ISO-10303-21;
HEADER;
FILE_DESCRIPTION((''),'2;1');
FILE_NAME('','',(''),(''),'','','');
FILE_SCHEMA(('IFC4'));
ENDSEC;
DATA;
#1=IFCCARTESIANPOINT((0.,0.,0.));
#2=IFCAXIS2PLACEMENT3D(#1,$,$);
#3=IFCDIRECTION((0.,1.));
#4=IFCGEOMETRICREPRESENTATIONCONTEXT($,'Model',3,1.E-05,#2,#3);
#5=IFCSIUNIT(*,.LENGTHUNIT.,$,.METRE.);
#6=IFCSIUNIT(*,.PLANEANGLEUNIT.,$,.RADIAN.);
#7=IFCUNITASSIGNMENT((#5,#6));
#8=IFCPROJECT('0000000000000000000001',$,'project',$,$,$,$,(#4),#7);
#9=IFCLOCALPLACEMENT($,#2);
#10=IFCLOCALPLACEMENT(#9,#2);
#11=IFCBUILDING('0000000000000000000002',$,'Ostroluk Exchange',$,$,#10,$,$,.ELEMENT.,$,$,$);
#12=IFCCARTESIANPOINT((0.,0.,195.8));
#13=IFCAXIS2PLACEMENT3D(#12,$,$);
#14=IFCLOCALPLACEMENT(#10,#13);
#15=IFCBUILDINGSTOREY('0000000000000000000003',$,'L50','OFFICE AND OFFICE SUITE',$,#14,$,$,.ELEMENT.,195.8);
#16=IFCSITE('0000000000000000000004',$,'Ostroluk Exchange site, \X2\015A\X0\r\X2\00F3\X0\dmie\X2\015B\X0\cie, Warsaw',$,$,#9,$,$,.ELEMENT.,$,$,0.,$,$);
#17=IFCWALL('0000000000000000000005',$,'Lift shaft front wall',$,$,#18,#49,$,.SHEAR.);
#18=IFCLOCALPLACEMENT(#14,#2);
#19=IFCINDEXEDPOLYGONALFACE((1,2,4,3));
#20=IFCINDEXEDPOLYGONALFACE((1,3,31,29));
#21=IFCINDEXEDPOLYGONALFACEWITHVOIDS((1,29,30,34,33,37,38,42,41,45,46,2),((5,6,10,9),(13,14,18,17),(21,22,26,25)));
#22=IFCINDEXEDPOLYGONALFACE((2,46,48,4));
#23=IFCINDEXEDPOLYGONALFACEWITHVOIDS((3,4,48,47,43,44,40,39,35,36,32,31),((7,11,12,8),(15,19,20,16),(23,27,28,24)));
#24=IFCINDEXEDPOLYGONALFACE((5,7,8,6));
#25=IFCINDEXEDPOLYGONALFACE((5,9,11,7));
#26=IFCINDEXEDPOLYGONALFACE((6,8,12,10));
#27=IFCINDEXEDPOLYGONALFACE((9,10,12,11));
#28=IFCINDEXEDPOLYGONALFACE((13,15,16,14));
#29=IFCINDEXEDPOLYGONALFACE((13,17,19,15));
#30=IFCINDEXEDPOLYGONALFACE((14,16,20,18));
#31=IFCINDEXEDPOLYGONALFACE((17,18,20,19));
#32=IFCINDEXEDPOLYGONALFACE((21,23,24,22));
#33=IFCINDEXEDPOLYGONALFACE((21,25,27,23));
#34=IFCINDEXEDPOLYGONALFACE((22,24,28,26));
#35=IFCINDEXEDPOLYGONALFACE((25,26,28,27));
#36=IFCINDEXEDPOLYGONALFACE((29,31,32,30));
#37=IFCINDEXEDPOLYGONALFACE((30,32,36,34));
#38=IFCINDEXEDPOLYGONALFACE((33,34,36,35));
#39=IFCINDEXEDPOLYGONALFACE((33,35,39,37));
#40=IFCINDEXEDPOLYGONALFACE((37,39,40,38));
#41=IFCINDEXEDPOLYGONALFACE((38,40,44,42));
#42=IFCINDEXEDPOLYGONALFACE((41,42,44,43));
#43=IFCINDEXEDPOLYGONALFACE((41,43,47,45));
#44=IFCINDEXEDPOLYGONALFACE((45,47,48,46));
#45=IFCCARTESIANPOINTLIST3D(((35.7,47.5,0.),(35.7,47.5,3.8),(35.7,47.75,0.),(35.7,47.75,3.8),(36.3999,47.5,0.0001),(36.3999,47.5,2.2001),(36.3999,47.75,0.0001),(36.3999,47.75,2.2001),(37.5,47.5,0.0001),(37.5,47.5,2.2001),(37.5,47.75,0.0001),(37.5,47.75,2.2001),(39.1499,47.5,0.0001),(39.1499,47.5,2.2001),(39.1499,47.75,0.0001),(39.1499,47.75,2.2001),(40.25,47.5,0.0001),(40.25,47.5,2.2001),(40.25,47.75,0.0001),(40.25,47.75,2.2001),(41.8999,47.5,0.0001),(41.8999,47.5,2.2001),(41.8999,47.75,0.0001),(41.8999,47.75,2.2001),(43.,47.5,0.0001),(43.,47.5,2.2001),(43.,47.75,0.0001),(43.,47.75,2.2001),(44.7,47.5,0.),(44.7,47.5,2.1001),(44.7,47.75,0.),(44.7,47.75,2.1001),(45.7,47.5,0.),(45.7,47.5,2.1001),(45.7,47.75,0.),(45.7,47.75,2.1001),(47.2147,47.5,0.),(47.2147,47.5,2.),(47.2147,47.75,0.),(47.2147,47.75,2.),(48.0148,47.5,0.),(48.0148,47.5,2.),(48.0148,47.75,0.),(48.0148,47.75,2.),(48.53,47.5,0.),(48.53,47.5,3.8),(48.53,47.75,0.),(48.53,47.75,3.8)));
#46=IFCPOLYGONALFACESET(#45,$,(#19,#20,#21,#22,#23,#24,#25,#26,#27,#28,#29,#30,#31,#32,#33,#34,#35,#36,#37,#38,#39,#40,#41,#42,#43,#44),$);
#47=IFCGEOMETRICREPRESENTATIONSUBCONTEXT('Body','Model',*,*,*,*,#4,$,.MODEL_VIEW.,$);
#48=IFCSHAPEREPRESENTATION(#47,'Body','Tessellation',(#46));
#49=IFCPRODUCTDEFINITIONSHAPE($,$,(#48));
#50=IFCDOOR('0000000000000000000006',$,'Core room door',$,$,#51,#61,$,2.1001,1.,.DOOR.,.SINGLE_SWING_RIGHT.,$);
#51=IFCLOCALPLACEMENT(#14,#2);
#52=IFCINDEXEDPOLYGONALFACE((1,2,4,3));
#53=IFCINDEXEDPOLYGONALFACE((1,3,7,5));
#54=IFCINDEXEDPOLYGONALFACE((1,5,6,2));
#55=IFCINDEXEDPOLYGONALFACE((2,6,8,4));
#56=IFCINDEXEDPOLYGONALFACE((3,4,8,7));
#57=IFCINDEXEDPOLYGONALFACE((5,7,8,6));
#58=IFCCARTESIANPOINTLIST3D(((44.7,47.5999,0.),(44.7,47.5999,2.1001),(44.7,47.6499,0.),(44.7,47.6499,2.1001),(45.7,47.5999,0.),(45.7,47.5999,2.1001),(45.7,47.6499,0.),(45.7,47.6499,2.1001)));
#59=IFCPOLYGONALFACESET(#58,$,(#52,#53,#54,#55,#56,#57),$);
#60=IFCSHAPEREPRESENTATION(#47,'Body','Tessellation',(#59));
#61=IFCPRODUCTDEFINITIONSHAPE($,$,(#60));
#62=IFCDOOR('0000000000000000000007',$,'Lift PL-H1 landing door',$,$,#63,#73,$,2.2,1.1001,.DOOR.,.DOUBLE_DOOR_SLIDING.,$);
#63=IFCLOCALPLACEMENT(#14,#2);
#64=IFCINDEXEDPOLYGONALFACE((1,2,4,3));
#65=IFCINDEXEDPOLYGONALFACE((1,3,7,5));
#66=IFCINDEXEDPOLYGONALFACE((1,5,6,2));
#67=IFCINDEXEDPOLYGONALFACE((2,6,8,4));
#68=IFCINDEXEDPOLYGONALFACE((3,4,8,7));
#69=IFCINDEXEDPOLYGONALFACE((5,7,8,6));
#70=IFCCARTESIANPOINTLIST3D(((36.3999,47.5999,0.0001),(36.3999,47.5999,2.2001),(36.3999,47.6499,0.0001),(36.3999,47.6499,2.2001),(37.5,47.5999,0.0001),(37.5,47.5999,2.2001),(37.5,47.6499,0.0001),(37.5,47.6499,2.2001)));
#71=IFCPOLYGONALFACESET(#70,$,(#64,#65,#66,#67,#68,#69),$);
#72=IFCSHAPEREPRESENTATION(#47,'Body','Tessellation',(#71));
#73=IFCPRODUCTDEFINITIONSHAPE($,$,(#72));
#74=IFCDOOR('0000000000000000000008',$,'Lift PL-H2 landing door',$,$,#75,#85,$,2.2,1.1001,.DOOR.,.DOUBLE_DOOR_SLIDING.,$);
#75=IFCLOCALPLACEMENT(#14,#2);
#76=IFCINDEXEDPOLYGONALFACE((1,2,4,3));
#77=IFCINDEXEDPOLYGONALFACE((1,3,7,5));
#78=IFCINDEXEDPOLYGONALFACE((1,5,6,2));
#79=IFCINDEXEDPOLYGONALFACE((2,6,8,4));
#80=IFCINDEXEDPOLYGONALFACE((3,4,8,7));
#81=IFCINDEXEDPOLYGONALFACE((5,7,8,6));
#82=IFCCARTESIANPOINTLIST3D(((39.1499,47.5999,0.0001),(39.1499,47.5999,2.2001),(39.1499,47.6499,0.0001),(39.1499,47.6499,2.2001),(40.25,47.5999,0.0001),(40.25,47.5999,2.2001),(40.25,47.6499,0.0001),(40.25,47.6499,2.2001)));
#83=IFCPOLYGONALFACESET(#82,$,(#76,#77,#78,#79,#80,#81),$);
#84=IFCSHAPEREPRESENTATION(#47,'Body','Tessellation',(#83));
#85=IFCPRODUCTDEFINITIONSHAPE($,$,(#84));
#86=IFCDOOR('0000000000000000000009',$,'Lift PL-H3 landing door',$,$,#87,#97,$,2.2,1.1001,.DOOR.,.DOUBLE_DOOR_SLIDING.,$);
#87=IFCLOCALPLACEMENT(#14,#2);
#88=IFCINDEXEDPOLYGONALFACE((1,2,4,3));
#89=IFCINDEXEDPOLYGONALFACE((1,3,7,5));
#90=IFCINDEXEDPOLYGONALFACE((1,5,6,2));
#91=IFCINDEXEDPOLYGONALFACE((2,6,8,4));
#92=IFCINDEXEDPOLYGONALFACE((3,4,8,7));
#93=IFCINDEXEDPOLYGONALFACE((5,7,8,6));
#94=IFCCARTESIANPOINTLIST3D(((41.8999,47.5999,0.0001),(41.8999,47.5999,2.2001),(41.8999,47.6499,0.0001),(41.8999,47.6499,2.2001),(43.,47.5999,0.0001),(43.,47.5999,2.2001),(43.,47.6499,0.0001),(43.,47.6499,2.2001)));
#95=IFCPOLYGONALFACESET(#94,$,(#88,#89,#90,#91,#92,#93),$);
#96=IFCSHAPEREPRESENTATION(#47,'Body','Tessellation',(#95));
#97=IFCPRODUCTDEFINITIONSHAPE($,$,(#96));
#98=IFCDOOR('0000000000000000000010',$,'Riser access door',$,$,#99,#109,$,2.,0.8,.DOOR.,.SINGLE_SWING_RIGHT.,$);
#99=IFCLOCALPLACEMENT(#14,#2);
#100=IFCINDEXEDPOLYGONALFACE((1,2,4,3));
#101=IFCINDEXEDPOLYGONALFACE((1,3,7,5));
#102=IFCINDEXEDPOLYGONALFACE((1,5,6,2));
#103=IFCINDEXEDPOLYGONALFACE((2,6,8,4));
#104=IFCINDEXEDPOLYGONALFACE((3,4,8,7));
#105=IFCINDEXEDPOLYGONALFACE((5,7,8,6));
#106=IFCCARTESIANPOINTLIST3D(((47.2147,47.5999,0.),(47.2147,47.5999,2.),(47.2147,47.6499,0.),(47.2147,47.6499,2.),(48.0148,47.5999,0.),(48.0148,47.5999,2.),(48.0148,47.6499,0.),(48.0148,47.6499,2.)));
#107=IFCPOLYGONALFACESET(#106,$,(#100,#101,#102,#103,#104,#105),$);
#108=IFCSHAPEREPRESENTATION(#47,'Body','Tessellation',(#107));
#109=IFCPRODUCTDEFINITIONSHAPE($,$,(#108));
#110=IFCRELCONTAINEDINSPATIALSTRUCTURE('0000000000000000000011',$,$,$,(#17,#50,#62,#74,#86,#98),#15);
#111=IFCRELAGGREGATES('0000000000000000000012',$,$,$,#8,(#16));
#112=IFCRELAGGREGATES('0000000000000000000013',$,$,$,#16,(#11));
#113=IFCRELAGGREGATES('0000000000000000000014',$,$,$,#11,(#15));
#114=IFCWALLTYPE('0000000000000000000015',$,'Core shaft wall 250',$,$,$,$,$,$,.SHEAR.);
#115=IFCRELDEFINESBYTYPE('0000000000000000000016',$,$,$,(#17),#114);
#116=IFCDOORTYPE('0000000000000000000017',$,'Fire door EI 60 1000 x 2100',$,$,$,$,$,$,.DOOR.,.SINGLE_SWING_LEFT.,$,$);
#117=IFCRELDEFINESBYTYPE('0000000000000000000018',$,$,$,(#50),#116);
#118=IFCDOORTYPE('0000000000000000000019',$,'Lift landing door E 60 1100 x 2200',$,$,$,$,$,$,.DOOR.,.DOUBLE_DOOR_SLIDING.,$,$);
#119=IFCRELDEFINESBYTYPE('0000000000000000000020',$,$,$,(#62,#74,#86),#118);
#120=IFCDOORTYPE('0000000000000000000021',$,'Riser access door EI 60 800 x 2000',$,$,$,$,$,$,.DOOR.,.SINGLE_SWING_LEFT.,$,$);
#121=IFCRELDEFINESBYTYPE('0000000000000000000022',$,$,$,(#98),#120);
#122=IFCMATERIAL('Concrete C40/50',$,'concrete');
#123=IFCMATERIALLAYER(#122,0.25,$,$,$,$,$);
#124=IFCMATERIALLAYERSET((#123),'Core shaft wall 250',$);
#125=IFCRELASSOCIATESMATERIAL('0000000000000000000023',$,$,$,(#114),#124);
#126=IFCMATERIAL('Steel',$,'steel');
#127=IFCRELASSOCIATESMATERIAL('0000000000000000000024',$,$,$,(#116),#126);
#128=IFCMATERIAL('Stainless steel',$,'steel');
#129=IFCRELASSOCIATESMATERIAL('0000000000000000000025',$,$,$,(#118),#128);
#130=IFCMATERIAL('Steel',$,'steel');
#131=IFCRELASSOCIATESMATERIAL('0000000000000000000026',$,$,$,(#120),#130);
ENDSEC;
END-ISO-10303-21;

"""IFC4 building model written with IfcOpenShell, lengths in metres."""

from ifc_helpers import new_model, si_unit, direction, frame, frame_2d, origin, place, context, subcontext, project, spatial, rectangle, extrude, material, layer, layer_set, type_object, element, fill, save


model = new_model("IFC4")

# Units and contexts
model_context = context("Model", 3, precision=1e-05, world=origin(), true_north=direction((0.0, 1.0)))
body_context = subcontext(model_context, "Body", "Model", "MODEL_VIEW")
ifc_project = project(units=[si_unit("LENGTHUNIT", "METRE"), si_unit("PLANEANGLEUNIT", "RADIAN")], contexts=[model_context])

# Site, building, storey
site_placement = place(None, origin())
site = spatial("IfcSite", under=ifc_project, at=site_placement, Name="Ostroluk Exchange site, Śródmieście, Warsaw", CompositionType="ELEMENT", RefElevation=0.0)
building_placement = place(site_placement, origin())
building = spatial("IfcBuilding", under=site, at=building_placement, Name="Ostroluk Exchange", CompositionType="ELEMENT")
storey_placement = place(building_placement, frame((0.0, 0.0, 195.8)))
storey = spatial("IfcBuildingStorey", under=building, at=storey_placement, Name="L50", Description="OFFICE AND OFFICE SUITE", CompositionType="ELEMENT", Elevation=195.8)

# Shared definitions
ifc_material_1 = material(Name="Concrete C40/50", Category="concrete")
ifc_layer_1 = layer(ifc_material_1, 0.25)
ifc_layer_set_1 = layer_set([ifc_layer_1], Name="Core shaft wall 250")
wall_type_1 = type_object("IfcWallType", Name="Core shaft wall 250", PredefinedType="SHEAR", material=ifc_layer_set_1)

# Wall, openings, doors
wall_1_placement = place(storey_placement, frame((35.7, 47.625, 0.0), z_axis=(0.0, 0.0, 1.0), x_axis=(1.0, 0.0, 0.0)))
wall_1 = element("IfcWall", 1, at=wall_1_placement, inside=storey, type_object=wall_type_1, Name="Lift shaft front wall", PredefinedType="SHEAR", context=body_context, shape_type="SweptSolid", body=[
    extrude(rectangle(XDim=12.8301, YDim=0.25, at=frame_2d((6.415, 0.0))), origin(), (0.0, 0.0, 1.0), 3.8),
])
opening_1_placement = place(wall_1_placement, frame((0.7, 0.0, 0.0)))
opening_1 = element("IfcOpeningElement", 2, at=opening_1_placement, cuts=wall_1, PredefinedType="OPENING", context=body_context, shape_type="SweptSolid", body=[
    extrude(rectangle(XDim=1.1001, YDim=2.2, at=frame_2d((0.55, 1.1001))), frame((0.0, 0.135, 0.0), z_axis=(0.0, -1.0, 0.0), x_axis=(1.0, 0.0, 0.0)), (0.0, 0.0, 1.0), 0.27),
])
opening_2_placement = place(wall_1_placement, frame((3.45, 0.0, 0.0)))
opening_2 = element("IfcOpeningElement", 3, at=opening_2_placement, cuts=wall_1, PredefinedType="OPENING", context=body_context, shape_type="SweptSolid", body=[
    extrude(rectangle(XDim=1.1001, YDim=2.2, at=frame_2d((0.55, 1.1001))), frame((0.0, 0.135, 0.0), z_axis=(0.0, -1.0, 0.0), x_axis=(1.0, 0.0, 0.0)), (0.0, 0.0, 1.0), 0.27),
])
opening_3_placement = place(wall_1_placement, frame((6.2, 0.0, 0.0)))
opening_3 = element("IfcOpeningElement", 4, at=opening_3_placement, cuts=wall_1, PredefinedType="OPENING", context=body_context, shape_type="SweptSolid", body=[
    extrude(rectangle(XDim=1.1001, YDim=2.2, at=frame_2d((0.55, 1.1001))), frame((0.0, 0.135, 0.0), z_axis=(0.0, -1.0, 0.0), x_axis=(1.0, 0.0, 0.0)), (0.0, 0.0, 1.0), 0.27),
])
opening_4_placement = place(wall_1_placement, frame((9.0, 0.0, 0.0)))
opening_4 = element("IfcOpeningElement", 5, at=opening_4_placement, cuts=wall_1, PredefinedType="OPENING", context=body_context, shape_type="SweptSolid", body=[
    extrude(rectangle(XDim=1.0, YDim=2.1001, at=frame_2d((0.5, 1.05))), frame((0.0, 0.135, 0.0), z_axis=(0.0, -1.0, 0.0), x_axis=(1.0, 0.0, 0.0)), (0.0, 0.0, 1.0), 0.27),
])
opening_5_placement = place(wall_1_placement, frame((11.5149, 0.0, 0.0)))
opening_5 = element("IfcOpeningElement", 6, at=opening_5_placement, cuts=wall_1, PredefinedType="OPENING", context=body_context, shape_type="SweptSolid", body=[
    extrude(rectangle(XDim=0.8, YDim=2.0, at=frame_2d((0.3999, 1.0))), frame((0.0, 0.135, 0.0), z_axis=(0.0, -1.0, 0.0), x_axis=(1.0, 0.0, 0.0)), (0.0, 0.0, 1.0), 0.27),
])
ifc_material_2 = material(Name="Steel", Category="steel")
door_type_1 = type_object("IfcDoorType", Name="Fire door EI 60 1000 x 2100", OperationType="SINGLE_SWING_LEFT", PredefinedType="DOOR", material=ifc_material_2)
door_1_placement = place(opening_4_placement, origin())
door_1 = element("IfcDoor", 7, at=door_1_placement, inside=storey, type_object=door_type_1, Name="Core room door", OperationType="SINGLE_SWING_RIGHT", OverallHeight=2.1001, OverallWidth=1.0, PredefinedType="DOOR", context=body_context, shape_type="SweptSolid", body=[
    extrude(rectangle(XDim=1.0, YDim=2.1001, at=frame_2d((0.5, 1.05))), frame((0.0, 0.0249, 0.0), z_axis=(0.0, -1.0, 0.0), x_axis=(1.0, 0.0, 0.0)), (0.0, 0.0, 1.0), 0.05),
])
fill(opening_4, door_1)
ifc_material_3 = material(Name="Stainless steel", Category="steel")
door_type_2 = type_object("IfcDoorType", Name="Lift landing door E 60 1100 x 2200", OperationType="DOUBLE_DOOR_SLIDING", PredefinedType="DOOR", material=ifc_material_3)
door_2_placement = place(opening_1_placement, origin())
door_2 = element("IfcDoor", 8, at=door_2_placement, inside=storey, type_object=door_type_2, Name="Lift PL-H1 landing door", OperationType="DOUBLE_DOOR_SLIDING", OverallHeight=2.2, OverallWidth=1.1001, PredefinedType="DOOR", context=body_context, shape_type="SweptSolid", body=[
    extrude(rectangle(XDim=1.1001, YDim=2.2, at=frame_2d((0.55, 1.1001))), frame((0.0, 0.0249, 0.0), z_axis=(0.0, -1.0, 0.0), x_axis=(1.0, 0.0, 0.0)), (0.0, 0.0, 1.0), 0.05),
])
fill(opening_1, door_2)
door_3_placement = place(opening_2_placement, origin())
door_3 = element("IfcDoor", 9, at=door_3_placement, inside=storey, type_object=door_type_2, Name="Lift PL-H2 landing door", OperationType="DOUBLE_DOOR_SLIDING", OverallHeight=2.2, OverallWidth=1.1001, PredefinedType="DOOR", context=body_context, shape_type="SweptSolid", body=[
    extrude(rectangle(XDim=1.1001, YDim=2.2, at=frame_2d((0.55, 1.1001))), frame((0.0, 0.0249, 0.0), z_axis=(0.0, -1.0, 0.0), x_axis=(1.0, 0.0, 0.0)), (0.0, 0.0, 1.0), 0.05),
])
fill(opening_2, door_3)
door_4_placement = place(opening_3_placement, origin())
door_4 = element("IfcDoor", 10, at=door_4_placement, inside=storey, type_object=door_type_2, Name="Lift PL-H3 landing door", OperationType="DOUBLE_DOOR_SLIDING", OverallHeight=2.2, OverallWidth=1.1001, PredefinedType="DOOR", context=body_context, shape_type="SweptSolid", body=[
    extrude(rectangle(XDim=1.1001, YDim=2.2, at=frame_2d((0.55, 1.1001))), frame((0.0, 0.0249, 0.0), z_axis=(0.0, -1.0, 0.0), x_axis=(1.0, 0.0, 0.0)), (0.0, 0.0, 1.0), 0.05),
])
fill(opening_3, door_4)
ifc_material_4 = material(Name="Steel", Category="steel")
door_type_3 = type_object("IfcDoorType", Name="Riser access door EI 60 800 x 2000", OperationType="SINGLE_SWING_LEFT", PredefinedType="DOOR", material=ifc_material_4)
door_5_placement = place(opening_5_placement, origin())
door_5 = element("IfcDoor", 11, at=door_5_placement, inside=storey, type_object=door_type_3, Name="Riser access door", OperationType="SINGLE_SWING_RIGHT", OverallHeight=2.0, OverallWidth=0.8, PredefinedType="DOOR", context=body_context, shape_type="SweptSolid", body=[
    extrude(rectangle(XDim=0.8, YDim=2.0, at=frame_2d((0.3999, 1.0))), frame((0.0, 0.0249, 0.0), z_axis=(0.0, -1.0, 0.0), x_axis=(1.0, 0.0, 0.0)), (0.0, 0.0, 1.0), 0.05),
])
fill(opening_5, door_5)

save(model, "model.ifc")
